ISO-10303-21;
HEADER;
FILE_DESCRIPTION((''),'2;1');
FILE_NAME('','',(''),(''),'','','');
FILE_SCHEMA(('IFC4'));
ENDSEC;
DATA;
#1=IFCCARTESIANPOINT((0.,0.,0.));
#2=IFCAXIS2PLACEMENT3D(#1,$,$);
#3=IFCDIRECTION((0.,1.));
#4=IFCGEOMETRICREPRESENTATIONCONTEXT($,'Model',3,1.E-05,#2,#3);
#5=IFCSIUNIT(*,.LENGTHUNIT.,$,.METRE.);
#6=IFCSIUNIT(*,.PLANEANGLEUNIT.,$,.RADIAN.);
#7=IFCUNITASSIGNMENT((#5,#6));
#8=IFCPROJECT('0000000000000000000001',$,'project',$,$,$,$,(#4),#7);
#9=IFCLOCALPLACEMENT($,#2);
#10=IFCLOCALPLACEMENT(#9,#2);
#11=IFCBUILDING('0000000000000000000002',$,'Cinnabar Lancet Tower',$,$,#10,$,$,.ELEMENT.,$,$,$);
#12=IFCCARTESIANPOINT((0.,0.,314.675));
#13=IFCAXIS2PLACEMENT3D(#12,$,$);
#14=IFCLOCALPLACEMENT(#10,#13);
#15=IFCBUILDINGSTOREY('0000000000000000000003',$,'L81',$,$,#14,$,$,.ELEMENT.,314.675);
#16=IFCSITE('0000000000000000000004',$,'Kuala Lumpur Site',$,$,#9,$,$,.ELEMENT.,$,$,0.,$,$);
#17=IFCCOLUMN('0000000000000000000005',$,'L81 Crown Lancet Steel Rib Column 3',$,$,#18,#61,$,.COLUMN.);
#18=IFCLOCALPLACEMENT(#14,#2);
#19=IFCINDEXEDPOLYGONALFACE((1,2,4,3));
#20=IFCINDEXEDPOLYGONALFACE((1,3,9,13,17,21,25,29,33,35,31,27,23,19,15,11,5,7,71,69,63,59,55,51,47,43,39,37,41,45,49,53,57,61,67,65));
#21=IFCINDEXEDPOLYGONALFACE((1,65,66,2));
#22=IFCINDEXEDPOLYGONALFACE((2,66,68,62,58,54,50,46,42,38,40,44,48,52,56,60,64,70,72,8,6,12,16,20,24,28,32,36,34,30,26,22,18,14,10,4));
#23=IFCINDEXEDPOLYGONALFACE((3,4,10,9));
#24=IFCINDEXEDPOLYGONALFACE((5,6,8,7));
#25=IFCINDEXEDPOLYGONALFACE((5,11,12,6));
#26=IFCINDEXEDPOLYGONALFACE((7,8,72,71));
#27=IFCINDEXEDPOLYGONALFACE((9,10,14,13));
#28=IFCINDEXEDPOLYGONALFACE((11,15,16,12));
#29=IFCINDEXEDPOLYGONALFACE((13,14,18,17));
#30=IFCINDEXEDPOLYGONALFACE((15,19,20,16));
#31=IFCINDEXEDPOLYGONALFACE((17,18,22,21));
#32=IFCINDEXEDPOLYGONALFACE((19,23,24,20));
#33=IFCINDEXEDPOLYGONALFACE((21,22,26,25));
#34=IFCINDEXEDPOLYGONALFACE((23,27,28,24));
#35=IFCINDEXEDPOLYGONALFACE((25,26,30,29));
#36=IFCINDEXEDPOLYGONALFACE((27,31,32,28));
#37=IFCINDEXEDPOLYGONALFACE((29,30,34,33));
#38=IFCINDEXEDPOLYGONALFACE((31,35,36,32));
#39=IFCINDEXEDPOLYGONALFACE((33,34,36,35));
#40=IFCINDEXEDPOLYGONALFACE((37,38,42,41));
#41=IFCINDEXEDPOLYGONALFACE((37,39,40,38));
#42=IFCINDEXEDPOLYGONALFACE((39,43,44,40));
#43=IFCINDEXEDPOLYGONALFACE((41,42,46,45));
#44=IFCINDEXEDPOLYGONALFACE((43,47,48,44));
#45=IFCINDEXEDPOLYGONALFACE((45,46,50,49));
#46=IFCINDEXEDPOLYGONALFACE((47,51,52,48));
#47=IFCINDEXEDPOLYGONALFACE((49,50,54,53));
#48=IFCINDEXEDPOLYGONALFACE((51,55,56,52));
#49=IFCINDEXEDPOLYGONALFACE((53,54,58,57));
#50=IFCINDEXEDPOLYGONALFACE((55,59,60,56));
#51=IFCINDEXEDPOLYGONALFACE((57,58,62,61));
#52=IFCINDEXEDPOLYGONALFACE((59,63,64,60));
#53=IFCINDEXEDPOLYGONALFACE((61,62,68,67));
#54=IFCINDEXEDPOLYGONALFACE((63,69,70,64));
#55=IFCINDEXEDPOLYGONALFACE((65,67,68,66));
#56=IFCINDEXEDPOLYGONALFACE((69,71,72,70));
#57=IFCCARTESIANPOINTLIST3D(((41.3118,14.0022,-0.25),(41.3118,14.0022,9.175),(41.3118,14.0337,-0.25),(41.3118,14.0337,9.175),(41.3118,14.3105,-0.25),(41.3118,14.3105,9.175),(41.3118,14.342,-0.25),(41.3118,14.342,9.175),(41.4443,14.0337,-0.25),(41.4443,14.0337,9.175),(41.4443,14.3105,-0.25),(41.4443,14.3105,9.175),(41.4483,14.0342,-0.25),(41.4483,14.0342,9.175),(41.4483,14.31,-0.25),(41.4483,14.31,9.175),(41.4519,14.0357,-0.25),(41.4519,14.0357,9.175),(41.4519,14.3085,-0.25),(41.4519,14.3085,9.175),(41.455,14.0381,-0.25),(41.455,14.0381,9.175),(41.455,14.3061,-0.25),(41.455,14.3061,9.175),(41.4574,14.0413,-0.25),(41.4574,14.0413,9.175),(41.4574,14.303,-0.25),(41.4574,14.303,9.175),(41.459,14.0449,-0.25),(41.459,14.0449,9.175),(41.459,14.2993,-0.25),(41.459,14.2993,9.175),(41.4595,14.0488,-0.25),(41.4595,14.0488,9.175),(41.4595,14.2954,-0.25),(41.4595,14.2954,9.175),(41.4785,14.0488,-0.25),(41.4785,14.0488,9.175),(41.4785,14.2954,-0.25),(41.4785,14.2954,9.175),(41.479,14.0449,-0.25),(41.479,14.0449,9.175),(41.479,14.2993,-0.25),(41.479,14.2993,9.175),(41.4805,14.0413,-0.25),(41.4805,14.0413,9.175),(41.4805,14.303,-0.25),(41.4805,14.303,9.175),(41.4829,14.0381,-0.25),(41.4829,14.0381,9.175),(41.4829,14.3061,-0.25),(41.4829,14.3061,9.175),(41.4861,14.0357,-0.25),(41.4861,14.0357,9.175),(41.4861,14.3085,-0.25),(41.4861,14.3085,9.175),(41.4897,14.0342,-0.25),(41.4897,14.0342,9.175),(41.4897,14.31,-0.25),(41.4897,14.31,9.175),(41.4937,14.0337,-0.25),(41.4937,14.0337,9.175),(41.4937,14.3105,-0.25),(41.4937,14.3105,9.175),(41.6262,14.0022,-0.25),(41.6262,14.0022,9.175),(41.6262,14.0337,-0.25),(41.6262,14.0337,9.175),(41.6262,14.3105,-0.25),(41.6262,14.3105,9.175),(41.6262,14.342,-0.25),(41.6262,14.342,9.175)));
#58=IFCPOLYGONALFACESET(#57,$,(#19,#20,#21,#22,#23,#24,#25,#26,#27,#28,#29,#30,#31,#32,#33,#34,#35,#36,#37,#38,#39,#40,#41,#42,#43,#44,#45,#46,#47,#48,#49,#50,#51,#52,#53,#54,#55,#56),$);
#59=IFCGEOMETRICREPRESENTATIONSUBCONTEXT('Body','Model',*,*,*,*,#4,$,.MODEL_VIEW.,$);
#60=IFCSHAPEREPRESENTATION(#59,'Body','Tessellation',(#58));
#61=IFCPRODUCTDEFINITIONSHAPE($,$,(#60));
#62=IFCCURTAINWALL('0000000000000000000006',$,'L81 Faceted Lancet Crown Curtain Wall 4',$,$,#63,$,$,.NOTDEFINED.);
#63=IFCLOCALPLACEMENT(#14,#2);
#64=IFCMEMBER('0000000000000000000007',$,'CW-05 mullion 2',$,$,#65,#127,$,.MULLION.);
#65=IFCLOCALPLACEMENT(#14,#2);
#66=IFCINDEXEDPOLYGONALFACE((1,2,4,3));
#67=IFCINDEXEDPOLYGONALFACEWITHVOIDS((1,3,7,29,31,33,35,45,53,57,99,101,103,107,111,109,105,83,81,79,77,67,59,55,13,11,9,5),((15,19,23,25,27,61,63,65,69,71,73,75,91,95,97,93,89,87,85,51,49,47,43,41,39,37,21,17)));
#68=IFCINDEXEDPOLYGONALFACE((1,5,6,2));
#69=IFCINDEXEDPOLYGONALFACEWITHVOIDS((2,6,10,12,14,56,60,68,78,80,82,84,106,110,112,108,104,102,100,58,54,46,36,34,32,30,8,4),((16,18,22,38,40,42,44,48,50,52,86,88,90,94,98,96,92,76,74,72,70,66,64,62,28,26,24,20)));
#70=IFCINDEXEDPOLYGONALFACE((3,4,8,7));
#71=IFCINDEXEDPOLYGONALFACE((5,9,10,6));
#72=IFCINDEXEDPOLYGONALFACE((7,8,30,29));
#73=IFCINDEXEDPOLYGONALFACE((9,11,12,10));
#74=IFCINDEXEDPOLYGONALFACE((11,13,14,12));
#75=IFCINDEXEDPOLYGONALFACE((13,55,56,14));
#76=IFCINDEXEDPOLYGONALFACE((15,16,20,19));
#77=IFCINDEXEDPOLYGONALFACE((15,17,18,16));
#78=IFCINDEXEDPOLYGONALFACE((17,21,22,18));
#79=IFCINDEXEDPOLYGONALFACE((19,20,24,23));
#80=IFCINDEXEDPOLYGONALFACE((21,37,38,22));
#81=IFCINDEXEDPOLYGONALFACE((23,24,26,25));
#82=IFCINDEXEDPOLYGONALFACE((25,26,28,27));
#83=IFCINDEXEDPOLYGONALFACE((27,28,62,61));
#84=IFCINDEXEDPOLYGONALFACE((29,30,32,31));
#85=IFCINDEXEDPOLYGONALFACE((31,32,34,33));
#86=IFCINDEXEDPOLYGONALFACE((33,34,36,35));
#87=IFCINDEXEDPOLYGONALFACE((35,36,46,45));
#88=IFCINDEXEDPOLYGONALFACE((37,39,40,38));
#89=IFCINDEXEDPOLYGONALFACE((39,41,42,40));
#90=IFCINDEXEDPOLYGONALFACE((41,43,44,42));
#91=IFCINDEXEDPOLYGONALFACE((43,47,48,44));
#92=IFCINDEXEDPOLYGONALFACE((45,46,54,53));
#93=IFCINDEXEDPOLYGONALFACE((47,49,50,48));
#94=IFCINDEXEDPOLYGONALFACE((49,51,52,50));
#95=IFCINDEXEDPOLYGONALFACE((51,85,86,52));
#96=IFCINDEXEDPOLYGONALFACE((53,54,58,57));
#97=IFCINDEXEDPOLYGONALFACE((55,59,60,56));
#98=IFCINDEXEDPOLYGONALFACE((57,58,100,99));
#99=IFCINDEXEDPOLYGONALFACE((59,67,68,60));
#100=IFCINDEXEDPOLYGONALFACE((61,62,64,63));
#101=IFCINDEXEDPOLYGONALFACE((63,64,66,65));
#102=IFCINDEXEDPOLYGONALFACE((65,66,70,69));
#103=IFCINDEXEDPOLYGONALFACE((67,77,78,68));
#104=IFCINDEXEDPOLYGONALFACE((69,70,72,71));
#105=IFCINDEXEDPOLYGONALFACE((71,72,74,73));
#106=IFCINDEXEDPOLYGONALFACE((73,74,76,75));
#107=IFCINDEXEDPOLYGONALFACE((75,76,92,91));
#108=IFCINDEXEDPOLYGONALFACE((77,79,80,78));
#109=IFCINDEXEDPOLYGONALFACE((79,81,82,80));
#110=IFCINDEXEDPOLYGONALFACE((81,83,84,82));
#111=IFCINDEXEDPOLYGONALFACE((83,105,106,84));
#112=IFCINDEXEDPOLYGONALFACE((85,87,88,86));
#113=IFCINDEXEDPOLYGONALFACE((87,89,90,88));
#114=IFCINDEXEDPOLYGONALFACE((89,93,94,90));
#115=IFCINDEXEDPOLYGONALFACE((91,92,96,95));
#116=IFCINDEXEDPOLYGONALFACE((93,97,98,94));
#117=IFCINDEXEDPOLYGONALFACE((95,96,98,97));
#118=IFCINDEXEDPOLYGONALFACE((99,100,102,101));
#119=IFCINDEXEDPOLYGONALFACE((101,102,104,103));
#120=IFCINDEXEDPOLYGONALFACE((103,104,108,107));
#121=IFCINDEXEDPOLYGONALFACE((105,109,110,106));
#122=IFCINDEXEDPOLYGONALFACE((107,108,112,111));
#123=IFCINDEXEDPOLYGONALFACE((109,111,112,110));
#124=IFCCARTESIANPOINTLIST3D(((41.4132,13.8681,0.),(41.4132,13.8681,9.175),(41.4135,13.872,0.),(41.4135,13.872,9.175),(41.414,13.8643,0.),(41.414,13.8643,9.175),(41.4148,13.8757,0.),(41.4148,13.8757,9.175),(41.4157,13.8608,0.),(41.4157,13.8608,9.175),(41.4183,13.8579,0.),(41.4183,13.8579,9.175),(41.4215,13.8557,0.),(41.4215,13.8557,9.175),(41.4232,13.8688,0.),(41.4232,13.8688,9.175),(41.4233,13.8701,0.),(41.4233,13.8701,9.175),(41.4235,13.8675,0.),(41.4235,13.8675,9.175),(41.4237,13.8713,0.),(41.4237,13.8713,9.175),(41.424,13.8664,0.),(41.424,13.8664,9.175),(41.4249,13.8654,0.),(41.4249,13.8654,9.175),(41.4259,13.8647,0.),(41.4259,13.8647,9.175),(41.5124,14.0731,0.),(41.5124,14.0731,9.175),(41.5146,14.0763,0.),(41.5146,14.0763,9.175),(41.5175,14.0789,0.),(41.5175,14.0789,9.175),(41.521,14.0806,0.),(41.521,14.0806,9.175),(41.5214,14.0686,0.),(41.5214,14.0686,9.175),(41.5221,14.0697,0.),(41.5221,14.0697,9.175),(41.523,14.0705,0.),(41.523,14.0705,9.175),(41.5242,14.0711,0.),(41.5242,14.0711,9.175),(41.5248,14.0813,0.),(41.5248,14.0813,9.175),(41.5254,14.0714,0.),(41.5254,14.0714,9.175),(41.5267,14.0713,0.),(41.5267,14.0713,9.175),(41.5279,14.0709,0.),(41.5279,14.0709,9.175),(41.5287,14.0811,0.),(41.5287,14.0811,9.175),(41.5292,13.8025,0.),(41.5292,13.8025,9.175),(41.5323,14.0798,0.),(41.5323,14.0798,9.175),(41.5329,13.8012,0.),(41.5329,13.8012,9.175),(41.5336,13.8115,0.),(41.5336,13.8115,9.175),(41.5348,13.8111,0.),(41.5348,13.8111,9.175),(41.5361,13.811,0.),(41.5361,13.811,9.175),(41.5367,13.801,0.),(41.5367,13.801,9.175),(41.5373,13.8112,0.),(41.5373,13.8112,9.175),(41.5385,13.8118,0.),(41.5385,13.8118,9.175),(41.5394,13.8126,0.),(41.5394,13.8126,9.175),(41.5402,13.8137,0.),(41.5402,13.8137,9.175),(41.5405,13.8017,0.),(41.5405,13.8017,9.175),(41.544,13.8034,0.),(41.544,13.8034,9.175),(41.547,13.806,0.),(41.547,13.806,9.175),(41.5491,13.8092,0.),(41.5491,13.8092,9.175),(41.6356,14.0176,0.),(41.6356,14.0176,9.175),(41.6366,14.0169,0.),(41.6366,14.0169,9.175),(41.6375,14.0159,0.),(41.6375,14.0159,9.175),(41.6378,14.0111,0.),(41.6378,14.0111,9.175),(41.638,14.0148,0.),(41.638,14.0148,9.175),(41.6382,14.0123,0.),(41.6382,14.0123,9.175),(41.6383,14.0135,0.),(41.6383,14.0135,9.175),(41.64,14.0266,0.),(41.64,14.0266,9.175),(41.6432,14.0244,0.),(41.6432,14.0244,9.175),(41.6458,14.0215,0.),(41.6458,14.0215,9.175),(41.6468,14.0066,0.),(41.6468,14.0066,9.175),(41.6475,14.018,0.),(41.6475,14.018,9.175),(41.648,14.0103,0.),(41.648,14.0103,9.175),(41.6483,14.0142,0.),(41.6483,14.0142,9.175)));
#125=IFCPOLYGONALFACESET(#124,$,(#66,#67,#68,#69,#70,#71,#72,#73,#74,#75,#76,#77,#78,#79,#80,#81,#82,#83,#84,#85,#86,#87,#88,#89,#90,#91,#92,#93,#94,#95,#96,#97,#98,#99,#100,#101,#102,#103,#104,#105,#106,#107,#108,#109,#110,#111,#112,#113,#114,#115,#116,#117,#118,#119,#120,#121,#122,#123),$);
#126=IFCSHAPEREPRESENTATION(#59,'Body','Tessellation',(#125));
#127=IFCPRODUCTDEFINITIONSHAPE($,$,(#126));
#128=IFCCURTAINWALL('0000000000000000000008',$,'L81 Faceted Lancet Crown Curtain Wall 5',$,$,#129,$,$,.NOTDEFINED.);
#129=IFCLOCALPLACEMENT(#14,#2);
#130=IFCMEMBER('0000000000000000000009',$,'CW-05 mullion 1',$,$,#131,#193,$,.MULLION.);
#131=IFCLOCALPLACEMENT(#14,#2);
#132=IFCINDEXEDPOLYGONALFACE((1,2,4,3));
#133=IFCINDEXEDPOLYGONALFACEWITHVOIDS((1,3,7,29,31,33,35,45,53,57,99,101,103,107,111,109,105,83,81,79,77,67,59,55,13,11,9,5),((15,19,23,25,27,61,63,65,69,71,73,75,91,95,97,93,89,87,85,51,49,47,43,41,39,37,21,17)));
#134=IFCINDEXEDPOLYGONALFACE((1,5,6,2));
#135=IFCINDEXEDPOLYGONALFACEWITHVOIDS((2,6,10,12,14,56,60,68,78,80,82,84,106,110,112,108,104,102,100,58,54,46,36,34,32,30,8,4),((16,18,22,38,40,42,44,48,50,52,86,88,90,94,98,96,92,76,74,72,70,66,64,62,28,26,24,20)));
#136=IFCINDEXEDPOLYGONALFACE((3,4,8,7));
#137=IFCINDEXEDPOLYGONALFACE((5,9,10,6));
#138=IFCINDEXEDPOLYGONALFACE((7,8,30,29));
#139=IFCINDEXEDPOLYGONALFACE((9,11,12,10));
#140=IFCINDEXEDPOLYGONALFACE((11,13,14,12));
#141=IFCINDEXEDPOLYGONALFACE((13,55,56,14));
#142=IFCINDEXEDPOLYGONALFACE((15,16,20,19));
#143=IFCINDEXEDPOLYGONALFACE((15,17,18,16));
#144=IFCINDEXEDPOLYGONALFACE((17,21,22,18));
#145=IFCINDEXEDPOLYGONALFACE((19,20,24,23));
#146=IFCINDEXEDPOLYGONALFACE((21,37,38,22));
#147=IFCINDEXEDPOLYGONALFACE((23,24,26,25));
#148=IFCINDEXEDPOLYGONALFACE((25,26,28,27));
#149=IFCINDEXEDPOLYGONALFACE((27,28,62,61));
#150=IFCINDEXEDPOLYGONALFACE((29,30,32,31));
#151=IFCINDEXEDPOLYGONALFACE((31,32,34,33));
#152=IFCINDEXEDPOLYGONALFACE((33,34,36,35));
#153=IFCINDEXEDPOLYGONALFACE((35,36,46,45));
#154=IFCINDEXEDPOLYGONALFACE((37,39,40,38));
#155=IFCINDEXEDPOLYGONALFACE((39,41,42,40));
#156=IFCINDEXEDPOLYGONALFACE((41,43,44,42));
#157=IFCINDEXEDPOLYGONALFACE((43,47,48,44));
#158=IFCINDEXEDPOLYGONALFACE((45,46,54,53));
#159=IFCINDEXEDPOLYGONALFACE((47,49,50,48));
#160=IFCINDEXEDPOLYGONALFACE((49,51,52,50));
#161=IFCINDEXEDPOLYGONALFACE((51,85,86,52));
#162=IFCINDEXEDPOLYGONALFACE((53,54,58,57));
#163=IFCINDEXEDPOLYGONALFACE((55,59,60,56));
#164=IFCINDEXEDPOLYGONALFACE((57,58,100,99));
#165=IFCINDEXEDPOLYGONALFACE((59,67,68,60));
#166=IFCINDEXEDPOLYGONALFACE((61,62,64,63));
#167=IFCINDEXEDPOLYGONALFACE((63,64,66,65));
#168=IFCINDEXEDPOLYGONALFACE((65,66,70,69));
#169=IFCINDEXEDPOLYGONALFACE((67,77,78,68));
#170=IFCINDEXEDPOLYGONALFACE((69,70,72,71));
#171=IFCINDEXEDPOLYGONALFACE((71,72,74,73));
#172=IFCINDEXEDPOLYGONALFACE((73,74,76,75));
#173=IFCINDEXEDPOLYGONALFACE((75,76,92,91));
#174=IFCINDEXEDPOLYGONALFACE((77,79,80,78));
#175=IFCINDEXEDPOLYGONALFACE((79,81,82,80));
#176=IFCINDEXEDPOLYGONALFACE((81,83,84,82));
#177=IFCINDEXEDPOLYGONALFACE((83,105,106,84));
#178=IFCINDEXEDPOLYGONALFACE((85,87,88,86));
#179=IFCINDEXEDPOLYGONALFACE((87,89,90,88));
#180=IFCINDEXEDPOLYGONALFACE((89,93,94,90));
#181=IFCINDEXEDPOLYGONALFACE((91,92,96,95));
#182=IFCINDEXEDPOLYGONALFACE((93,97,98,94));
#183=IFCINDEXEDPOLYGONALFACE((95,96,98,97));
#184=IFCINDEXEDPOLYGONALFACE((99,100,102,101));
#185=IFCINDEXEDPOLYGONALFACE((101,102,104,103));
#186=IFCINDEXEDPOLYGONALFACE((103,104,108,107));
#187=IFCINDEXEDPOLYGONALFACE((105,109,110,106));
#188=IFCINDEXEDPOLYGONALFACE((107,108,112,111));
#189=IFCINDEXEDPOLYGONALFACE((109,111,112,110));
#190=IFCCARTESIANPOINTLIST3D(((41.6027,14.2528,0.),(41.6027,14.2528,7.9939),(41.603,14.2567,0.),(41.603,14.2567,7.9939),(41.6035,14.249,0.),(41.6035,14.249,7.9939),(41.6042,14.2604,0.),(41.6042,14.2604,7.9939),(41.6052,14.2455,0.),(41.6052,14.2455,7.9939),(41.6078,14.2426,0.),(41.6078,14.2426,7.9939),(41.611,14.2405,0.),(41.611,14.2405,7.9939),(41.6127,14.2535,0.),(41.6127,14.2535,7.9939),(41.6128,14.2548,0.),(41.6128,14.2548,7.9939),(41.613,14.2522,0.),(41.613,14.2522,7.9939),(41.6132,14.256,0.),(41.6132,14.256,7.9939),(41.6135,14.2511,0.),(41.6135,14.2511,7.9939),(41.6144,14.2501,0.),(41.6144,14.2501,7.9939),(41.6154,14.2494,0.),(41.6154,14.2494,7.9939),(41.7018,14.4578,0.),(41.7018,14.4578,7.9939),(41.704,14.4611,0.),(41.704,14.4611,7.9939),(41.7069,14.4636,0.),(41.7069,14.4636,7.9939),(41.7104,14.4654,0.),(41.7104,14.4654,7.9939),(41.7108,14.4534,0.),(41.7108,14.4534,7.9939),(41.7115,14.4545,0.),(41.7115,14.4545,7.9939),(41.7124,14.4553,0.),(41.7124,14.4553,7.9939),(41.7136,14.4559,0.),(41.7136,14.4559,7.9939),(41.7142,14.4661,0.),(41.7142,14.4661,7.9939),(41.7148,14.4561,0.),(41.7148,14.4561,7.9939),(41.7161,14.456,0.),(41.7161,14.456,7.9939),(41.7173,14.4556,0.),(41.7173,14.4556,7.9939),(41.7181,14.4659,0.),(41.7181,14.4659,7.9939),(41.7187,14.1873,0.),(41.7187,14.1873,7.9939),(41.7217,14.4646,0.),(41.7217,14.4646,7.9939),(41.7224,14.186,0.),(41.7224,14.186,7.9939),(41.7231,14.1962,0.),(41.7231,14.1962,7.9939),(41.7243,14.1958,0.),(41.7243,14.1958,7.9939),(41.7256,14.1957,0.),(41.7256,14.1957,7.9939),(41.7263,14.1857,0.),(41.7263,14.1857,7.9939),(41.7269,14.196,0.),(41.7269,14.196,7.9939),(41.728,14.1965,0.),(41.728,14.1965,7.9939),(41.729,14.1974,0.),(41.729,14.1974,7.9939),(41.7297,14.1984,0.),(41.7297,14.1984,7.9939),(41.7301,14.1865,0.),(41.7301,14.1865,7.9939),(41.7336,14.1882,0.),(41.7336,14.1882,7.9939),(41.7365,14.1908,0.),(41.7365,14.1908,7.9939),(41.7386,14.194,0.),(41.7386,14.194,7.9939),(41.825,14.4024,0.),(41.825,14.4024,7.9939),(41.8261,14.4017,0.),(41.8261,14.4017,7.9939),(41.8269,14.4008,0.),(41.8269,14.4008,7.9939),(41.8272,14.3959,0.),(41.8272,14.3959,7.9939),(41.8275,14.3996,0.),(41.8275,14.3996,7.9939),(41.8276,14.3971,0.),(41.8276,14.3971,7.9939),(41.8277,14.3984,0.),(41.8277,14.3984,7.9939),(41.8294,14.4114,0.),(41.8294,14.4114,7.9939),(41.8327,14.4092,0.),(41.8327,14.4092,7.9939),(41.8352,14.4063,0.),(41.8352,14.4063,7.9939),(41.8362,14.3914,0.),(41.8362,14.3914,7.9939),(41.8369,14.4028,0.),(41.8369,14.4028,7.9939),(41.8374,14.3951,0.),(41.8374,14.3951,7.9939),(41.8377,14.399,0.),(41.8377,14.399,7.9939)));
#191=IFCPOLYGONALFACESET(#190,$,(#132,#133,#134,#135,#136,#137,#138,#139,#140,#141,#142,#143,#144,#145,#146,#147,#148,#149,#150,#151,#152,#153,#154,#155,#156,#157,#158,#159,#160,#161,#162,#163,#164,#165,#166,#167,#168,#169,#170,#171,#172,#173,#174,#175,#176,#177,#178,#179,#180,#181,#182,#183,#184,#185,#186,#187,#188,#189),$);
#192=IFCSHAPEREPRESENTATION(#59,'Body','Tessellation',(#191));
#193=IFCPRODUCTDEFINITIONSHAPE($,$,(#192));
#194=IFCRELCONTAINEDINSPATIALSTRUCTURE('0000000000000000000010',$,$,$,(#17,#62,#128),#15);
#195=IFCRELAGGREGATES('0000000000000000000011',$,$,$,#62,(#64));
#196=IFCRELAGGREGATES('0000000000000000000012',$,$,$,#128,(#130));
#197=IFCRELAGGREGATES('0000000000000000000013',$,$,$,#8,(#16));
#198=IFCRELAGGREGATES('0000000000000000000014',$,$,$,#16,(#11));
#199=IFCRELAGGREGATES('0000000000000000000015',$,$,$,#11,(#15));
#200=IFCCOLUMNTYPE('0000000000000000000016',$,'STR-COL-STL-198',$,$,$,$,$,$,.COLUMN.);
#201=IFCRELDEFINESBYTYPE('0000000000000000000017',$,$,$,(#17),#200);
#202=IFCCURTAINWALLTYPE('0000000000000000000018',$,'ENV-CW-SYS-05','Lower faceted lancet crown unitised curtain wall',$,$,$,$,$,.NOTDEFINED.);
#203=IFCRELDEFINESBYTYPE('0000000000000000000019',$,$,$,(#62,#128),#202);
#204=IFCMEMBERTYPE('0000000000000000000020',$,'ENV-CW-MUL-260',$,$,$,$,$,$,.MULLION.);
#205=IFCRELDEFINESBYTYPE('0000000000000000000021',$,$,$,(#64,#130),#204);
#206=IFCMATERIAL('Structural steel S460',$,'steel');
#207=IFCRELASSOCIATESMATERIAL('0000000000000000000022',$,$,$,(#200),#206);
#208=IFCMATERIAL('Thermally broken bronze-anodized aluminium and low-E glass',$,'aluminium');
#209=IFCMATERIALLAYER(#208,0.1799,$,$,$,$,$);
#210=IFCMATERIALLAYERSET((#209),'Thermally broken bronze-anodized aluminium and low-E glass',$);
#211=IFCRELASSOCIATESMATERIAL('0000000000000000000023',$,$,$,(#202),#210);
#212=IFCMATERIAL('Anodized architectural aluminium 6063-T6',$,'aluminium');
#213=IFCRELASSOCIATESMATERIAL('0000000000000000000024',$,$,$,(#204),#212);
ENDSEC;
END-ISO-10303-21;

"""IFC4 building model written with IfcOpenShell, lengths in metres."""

from ifc_helpers import new_model, si_unit, direction, frame, origin, origin_2d, place, context, subcontext, project, spatial, hollow_rectangle, i_section, extrude, material, layer, layer_set, material_profile, profile_set, type_object, element, aggregate, save


model = new_model("IFC4")

# Units and contexts
model_context = context("Model", 3, precision=1e-05, world=origin(), true_north=direction((0.0, 1.0)))
body_context = subcontext(model_context, "Body", "Model", "MODEL_VIEW")
ifc_project = project(units=[si_unit("LENGTHUNIT", "METRE"), si_unit("PLANEANGLEUNIT", "RADIAN")], contexts=[model_context])

# Site, building, storey
site_placement = place(None, origin())
site = spatial("IfcSite", under=ifc_project, at=site_placement, Name="Kuala Lumpur Site", CompositionType="ELEMENT", RefElevation=0.0)
building_placement = place(site_placement, origin())
building = spatial("IfcBuilding", under=site, at=building_placement, Name="Cinnabar Lancet Tower", CompositionType="ELEMENT")
storey_placement = place(building_placement, frame((0.0, 0.0, 314.675)))
storey = spatial("IfcBuildingStorey", under=building, at=storey_placement, Name="L81", CompositionType="ELEMENT", Elevation=314.675)

# Column
ifc_material_1 = material(Name="Structural steel S460", Category="steel")
ifc_material_profile_1 = material_profile(ifc_material_1, i_section(OverallWidth=0.3145, OverallDepth=0.3398, WebThickness=0.019, FlangeThickness=0.0315, FilletRadius=0.0151, at=origin_2d()), Name="UKC 305x305x198")
ifc_profile_set_1 = profile_set([ifc_material_profile_1], Name="Structural steel S460")
column_type = type_object("IfcColumnType", Name="STR-COL-STL-198", PredefinedType="COLUMN", material=ifc_profile_set_1)
column_placement = place(storey_placement, frame((41.469, 14.1721, -0.25), z_axis=(0.0, 0.0, 1.0), x_axis=(1.0, 0.0, 0.0)))
element("IfcColumn", 1, at=column_placement, inside=storey, type_object=column_type, Name="L81 Crown Lancet Steel Rib Column 3", PredefinedType="COLUMN", context=body_context, shape_type="SweptSolid", body=[
    extrude(i_section(OverallWidth=0.3145, OverallDepth=0.3398, WebThickness=0.019, FlangeThickness=0.0315, FilletRadius=0.0151, at=origin_2d()), origin(), (0.0, 0.0, 1.0), 9.425),
])

# Curtain wall, member
ifc_material_2 = material(Name="Thermally broken bronze-anodized aluminium and low-E glass", Category="aluminium")
ifc_layer_1 = layer(ifc_material_2, 0.1799)
ifc_layer_set_1 = layer_set([ifc_layer_1], Name="Thermally broken bronze-anodized aluminium and low-E glass")
curtain_wall_type = type_object("IfcCurtainWallType", Name="ENV-CW-SYS-05", Description="Lower faceted lancet crown unitised curtain wall", PredefinedType="NOTDEFINED", material=ifc_layer_set_1)
curtain_wall_1_placement = place(storey_placement, origin())
curtain_wall_1 = element("IfcCurtainWall", 2, at=curtain_wall_1_placement, inside=storey, type_object=curtain_wall_type, Name="L81 Faceted Lancet Crown Curtain Wall 4", PredefinedType="NOTDEFINED")
ifc_material_3 = material(Name="Anodized architectural aluminium 6063-T6", Category="aluminium")
ifc_material_profile_2 = material_profile(ifc_material_3, hollow_rectangle(XDim=0.1499, YDim=0.25, WallThickness=0.01, InnerFilletRadius=0.0049, OuterFilletRadius=0.0149, at=origin_2d()), Name="RHS 250x150x10")
ifc_profile_set_2 = profile_set([ifc_material_profile_2], Name="Anodized architectural aluminium 6063-T6")
member_type_1 = type_object("IfcMemberType", Name="ENV-CW-MUL-260", PredefinedType="MULLION", material=ifc_profile_set_2)
member_1_placement = place(storey_placement, frame((41.5308, 13.9412, 0.0), z_axis=(0.0, 0.0, 1.0), x_axis=(-0.896343, 0.443362, 0.0)))
member_1 = element("IfcMember", 3, at=member_1_placement, type_object=member_type_1, Name="CW-05 mullion 2", PredefinedType="MULLION", context=body_context, shape_type="SweptSolid", body=[
    extrude(hollow_rectangle(XDim=0.1499, YDim=0.25, WallThickness=0.01, InnerFilletRadius=0.0049, OuterFilletRadius=0.0149, at=origin_2d()), origin(), (0.0, 0.0, 1.0), 9.175),
])
aggregate(curtain_wall_1, [member_1])

# Curtain wall, member
curtain_wall_2_placement = place(storey_placement, origin())
curtain_wall_2 = element("IfcCurtainWall", 4, at=curtain_wall_2_placement, inside=storey, type_object=curtain_wall_type, Name="L81 Faceted Lancet Crown Curtain Wall 5", PredefinedType="NOTDEFINED")
member_2_placement = place(storey_placement, frame((41.7202, 14.3259, 0.0), z_axis=(0.0, 0.0, 1.0), x_axis=(-0.896552, 0.442939, 0.0)))
member_2 = element("IfcMember", 5, at=member_2_placement, type_object=member_type_1, Name="CW-05 mullion 1", PredefinedType="MULLION", context=body_context, shape_type="SweptSolid", body=[
    extrude(hollow_rectangle(XDim=0.1499, YDim=0.25, WallThickness=0.01, InnerFilletRadius=0.0049, OuterFilletRadius=0.0149, at=origin_2d()), origin(), (0.0, 0.0, 1.0), 7.9939),
])

aggregate(curtain_wall_2, [member_2])

save(model, "model.ifc")
